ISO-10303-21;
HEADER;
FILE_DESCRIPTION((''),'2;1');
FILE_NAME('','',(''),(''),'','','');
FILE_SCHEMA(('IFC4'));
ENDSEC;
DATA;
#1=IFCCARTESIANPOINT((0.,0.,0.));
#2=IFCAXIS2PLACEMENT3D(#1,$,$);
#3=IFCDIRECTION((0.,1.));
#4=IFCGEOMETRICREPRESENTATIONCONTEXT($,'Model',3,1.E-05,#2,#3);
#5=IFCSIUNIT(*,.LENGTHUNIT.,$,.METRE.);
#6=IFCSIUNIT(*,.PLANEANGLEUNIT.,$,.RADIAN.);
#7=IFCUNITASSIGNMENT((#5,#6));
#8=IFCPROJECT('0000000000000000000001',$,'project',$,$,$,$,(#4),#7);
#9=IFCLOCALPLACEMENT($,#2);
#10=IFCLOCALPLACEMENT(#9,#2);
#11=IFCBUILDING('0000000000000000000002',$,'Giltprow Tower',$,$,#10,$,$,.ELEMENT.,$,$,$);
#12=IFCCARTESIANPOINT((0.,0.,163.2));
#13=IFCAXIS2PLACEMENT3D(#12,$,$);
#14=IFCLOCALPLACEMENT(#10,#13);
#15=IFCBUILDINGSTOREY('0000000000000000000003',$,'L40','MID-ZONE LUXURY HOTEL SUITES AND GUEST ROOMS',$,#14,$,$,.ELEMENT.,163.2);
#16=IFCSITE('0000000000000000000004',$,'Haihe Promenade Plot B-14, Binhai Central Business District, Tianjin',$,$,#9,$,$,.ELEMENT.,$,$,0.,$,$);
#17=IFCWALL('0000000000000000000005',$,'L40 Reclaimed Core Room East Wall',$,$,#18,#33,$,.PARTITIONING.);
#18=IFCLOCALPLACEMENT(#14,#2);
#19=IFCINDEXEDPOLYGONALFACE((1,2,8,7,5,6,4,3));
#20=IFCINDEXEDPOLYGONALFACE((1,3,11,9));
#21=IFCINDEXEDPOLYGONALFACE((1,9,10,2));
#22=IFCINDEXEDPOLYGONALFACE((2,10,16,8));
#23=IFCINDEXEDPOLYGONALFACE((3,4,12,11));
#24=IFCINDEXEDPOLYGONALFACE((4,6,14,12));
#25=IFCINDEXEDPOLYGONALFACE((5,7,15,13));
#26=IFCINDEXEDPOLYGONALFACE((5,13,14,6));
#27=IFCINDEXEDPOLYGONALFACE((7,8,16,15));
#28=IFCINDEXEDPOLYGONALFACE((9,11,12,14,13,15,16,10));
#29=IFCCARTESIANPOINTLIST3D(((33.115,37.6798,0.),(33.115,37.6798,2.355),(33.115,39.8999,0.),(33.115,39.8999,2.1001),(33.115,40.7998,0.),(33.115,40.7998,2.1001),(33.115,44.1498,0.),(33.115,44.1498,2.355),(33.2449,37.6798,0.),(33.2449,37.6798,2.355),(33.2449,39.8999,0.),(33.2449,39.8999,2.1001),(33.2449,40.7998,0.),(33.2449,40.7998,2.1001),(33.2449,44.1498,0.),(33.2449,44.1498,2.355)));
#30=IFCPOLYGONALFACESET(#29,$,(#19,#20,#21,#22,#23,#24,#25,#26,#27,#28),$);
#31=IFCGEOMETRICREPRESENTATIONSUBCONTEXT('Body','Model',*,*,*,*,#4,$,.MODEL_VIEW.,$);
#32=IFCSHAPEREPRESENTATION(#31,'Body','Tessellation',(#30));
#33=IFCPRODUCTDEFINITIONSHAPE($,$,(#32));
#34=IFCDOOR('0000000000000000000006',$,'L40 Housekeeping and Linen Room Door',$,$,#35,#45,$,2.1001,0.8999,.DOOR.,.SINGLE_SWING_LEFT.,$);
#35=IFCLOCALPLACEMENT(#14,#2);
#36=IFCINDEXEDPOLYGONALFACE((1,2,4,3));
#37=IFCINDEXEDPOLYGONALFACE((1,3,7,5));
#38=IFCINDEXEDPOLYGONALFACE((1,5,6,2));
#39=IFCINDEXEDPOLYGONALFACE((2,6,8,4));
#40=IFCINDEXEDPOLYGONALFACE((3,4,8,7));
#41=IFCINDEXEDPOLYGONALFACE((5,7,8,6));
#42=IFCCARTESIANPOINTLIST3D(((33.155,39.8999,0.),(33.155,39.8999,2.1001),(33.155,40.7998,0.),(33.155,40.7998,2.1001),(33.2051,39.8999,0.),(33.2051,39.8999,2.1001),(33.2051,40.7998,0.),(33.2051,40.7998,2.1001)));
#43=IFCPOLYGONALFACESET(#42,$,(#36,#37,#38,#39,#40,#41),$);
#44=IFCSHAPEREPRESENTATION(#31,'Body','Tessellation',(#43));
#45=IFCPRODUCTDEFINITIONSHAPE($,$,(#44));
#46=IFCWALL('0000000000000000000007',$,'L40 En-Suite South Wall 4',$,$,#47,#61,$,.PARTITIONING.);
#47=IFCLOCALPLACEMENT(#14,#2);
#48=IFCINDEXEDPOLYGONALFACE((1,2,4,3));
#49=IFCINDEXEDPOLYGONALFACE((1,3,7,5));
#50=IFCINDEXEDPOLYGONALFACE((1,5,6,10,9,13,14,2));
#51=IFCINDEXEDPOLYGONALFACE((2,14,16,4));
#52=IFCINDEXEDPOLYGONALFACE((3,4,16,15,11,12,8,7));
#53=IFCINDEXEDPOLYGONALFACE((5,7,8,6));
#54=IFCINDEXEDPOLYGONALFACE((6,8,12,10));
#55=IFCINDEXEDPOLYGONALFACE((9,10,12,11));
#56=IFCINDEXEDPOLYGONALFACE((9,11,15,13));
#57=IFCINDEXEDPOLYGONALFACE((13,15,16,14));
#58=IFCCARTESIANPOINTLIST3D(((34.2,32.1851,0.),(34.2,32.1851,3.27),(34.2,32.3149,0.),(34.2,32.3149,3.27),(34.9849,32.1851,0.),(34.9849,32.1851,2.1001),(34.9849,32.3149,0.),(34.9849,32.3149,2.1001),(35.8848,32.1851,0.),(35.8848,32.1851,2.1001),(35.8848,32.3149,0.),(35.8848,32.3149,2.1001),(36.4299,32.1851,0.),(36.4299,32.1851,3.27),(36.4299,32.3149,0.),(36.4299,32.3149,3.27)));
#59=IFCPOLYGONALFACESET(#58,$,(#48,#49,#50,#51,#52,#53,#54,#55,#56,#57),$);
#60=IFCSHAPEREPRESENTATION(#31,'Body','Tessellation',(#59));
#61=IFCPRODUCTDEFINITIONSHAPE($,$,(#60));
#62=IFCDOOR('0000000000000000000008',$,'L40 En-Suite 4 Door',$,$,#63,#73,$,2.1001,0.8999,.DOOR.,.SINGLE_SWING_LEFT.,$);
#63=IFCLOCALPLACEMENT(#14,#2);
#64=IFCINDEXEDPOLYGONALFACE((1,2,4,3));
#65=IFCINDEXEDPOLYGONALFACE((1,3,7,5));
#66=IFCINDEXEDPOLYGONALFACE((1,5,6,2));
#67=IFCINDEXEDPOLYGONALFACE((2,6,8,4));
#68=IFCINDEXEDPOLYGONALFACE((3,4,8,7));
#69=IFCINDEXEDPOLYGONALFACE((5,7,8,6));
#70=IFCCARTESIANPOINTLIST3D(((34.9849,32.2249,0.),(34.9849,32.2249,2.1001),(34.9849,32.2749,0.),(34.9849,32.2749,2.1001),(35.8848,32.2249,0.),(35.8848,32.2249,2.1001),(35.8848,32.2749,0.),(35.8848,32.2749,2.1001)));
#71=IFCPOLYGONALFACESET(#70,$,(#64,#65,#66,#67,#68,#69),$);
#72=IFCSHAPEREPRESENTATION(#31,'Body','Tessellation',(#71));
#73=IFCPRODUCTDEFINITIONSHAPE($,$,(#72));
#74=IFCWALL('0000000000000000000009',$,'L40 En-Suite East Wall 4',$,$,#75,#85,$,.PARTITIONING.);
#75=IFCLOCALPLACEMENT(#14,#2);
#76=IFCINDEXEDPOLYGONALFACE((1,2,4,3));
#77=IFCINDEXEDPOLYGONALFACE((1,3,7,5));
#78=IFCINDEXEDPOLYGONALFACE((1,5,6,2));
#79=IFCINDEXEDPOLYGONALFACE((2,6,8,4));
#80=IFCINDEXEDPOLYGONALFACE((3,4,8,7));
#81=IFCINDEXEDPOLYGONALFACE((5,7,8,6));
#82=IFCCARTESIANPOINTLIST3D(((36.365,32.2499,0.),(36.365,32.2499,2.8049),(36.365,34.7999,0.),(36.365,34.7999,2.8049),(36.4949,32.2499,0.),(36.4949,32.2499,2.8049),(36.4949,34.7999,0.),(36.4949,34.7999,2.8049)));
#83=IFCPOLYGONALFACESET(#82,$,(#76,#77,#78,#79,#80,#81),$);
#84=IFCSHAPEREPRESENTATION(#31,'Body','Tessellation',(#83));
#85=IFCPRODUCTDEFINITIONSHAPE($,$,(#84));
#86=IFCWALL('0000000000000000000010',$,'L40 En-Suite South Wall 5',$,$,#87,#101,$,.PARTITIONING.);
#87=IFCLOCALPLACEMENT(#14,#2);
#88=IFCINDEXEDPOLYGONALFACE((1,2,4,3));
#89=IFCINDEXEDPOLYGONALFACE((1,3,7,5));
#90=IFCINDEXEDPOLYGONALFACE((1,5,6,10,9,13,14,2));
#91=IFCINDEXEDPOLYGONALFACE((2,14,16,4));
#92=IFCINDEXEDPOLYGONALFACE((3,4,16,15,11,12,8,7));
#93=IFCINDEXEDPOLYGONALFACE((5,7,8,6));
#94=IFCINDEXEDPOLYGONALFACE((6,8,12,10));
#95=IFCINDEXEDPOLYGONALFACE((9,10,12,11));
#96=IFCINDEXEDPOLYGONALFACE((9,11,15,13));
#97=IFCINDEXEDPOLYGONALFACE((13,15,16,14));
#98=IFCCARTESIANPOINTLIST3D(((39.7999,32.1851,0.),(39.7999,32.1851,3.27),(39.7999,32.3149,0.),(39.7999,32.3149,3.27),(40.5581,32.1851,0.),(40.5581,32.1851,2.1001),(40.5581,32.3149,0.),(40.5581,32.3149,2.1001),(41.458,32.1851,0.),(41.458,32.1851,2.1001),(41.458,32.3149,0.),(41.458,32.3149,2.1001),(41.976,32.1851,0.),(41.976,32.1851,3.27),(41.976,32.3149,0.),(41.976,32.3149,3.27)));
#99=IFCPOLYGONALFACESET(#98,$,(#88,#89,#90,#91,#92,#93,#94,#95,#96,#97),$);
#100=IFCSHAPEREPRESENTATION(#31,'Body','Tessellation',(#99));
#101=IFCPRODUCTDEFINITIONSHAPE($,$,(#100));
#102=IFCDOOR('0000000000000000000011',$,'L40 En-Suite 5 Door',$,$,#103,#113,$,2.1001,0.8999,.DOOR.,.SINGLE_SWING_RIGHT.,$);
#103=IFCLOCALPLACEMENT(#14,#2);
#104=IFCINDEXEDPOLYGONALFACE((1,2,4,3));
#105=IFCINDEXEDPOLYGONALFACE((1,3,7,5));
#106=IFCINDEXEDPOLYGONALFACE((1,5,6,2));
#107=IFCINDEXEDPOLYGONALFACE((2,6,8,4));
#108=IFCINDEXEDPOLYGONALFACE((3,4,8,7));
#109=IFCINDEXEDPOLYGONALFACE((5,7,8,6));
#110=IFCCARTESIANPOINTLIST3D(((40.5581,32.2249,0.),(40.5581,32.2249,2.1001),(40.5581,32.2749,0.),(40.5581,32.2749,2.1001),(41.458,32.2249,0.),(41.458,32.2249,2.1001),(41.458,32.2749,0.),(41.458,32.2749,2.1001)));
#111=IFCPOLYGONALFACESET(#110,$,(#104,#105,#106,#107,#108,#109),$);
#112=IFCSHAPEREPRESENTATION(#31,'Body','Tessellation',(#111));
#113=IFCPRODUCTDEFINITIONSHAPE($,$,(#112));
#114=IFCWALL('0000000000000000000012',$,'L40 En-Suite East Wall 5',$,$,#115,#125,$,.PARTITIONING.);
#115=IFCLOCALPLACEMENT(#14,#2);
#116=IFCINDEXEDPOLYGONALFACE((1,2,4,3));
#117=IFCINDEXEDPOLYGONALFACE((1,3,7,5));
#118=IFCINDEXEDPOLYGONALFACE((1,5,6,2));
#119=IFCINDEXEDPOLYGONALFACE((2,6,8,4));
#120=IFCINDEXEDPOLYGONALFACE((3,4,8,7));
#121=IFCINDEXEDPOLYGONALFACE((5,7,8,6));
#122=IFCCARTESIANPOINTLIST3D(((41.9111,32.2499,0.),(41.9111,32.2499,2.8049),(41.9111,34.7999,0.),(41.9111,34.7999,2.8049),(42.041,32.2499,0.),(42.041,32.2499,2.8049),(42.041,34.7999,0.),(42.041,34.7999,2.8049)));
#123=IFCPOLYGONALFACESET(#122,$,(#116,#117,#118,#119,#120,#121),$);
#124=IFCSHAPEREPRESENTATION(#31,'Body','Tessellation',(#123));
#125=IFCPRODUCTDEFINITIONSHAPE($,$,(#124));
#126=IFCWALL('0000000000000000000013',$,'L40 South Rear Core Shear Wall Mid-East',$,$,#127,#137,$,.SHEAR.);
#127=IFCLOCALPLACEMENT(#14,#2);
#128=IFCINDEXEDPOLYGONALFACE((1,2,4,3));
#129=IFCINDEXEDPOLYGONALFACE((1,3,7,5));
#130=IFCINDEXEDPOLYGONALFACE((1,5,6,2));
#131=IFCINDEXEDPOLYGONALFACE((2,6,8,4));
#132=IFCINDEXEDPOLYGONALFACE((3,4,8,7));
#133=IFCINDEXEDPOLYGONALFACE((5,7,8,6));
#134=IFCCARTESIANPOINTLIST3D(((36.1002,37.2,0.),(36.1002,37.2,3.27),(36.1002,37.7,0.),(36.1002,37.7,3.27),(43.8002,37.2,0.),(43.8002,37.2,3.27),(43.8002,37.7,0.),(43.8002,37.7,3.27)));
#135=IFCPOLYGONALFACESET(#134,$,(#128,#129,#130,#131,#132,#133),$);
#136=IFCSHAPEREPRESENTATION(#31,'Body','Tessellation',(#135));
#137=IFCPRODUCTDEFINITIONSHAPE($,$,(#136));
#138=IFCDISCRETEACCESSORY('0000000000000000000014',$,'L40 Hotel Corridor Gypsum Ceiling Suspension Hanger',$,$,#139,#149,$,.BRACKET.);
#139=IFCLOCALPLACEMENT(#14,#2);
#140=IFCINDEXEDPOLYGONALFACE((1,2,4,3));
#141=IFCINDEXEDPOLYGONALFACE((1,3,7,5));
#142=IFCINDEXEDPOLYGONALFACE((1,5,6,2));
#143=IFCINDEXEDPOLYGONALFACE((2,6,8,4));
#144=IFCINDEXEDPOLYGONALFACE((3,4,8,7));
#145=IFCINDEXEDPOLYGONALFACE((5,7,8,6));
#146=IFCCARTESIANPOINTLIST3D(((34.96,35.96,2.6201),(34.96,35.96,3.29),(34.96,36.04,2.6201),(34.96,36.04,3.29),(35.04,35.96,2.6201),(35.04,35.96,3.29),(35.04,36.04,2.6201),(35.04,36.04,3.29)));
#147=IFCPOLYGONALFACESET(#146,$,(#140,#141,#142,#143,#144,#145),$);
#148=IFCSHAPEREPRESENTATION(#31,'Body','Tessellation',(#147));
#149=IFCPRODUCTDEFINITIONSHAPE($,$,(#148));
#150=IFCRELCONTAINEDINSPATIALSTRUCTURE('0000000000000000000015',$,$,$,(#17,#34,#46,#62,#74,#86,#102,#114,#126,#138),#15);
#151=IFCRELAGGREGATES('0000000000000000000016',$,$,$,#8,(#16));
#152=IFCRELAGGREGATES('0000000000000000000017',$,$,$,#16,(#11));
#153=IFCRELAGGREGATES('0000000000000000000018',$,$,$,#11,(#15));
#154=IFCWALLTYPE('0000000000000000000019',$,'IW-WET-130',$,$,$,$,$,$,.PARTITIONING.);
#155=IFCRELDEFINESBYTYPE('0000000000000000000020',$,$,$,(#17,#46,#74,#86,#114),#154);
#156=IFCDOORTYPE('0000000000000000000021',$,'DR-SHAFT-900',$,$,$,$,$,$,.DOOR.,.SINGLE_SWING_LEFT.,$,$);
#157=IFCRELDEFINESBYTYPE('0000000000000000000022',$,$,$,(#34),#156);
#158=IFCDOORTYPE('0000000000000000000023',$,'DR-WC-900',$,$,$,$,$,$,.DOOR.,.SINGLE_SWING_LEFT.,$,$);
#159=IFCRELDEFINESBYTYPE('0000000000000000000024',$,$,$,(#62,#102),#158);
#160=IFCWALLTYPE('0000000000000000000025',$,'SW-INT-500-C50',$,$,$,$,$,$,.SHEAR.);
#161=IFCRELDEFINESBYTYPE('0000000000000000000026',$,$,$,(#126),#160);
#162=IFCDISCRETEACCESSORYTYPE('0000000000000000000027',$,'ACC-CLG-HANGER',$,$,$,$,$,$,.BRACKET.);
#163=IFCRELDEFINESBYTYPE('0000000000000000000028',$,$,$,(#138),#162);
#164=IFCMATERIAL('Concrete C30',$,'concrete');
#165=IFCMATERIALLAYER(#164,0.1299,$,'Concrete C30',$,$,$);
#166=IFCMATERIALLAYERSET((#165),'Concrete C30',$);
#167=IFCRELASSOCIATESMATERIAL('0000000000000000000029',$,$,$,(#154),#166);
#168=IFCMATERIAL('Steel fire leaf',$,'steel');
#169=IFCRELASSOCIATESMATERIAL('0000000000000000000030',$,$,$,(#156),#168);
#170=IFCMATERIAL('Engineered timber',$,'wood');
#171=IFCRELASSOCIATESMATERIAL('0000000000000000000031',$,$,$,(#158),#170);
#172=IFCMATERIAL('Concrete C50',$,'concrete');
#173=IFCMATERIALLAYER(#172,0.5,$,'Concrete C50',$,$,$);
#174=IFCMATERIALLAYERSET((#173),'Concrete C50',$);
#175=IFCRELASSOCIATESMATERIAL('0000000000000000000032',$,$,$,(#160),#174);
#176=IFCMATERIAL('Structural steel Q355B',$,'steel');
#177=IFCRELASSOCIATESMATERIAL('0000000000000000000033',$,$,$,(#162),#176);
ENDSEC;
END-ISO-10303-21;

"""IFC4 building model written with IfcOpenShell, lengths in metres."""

from ifc_helpers import new_model, si_unit, direction, frame, frame_2d, origin, origin_2d, place, context, subcontext, project, spatial, rectangle, extrude, source, transform, mapped, material, layer, layer_set, type_object, element, fill, save


model = new_model("IFC4")

# Units and contexts
model_context = context("Model", 3, precision=1e-05, world=origin(), true_north=direction((0.0, 1.0)))
body_context = subcontext(model_context, "Body", "Model", "MODEL_VIEW")
ifc_project = project(units=[si_unit("LENGTHUNIT", "METRE"), si_unit("PLANEANGLEUNIT", "RADIAN")], contexts=[model_context])

# Site, building, storey
site_placement = place(None, origin())
site = spatial("IfcSite", under=ifc_project, at=site_placement, Name="Haihe Promenade Plot B-14, Binhai Central Business District, Tianjin", CompositionType="ELEMENT", RefElevation=0.0)
building_placement = place(site_placement, origin())
building = spatial("IfcBuilding", under=site, at=building_placement, Name="Giltprow Tower", CompositionType="ELEMENT")
storey_placement = place(building_placement, frame((0.0, 0.0, 163.2)))
storey = spatial("IfcBuildingStorey", under=building, at=storey_placement, Name="L40", Description="MID-ZONE LUXURY HOTEL SUITES AND GUEST ROOMS", CompositionType="ELEMENT", Elevation=163.2)

# Shared definitions
ifc_material_1 = material(Name="Concrete C50", Category="concrete")

# Shared definitions
ifc_material_2 = material(Name="Structural steel Q355B", Category="steel")

# Walls, openings, doors
ifc_material_3 = material(Name="Concrete C30", Category="concrete")
ifc_layer_1 = layer(ifc_material_3, 0.1299, Name="Concrete C30")
ifc_layer_set_1 = layer_set([ifc_layer_1], Name="Concrete C30")
wall_type_1 = type_object("IfcWallType", Name="IW-WET-130", PredefinedType="PARTITIONING", material=ifc_layer_set_1)
wall_1_placement = place(storey_placement, frame((33.1799, 37.6799, 0.0), z_axis=(0.0, 0.0, 1.0), x_axis=(0.0, 1.0, 0.0)))
wall_1 = element("IfcWall", 1, at=wall_1_placement, inside=storey, type_object=wall_type_1, Name="L40 Reclaimed Core Room East Wall", PredefinedType="PARTITIONING", context=body_context, shape_type="SweptSolid", body=[
    extrude(rectangle(XDim=6.47, YDim=0.1299, at=frame_2d((3.2349, 0.0))), origin(), (0.0, 0.0, 1.0), 2.355),
])
opening_1_placement = place(wall_1_placement, frame((2.22, 0.0, 0.0)))
opening_1 = element("IfcOpeningElement", 2, at=opening_1_placement, cuts=wall_1, PredefinedType="OPENING", context=body_context, shape_type="SweptSolid", body=[
    extrude(rectangle(XDim=0.8999, YDim=2.1001, at=frame_2d((0.45, 1.05))), frame((0.0, 0.075, 0.0), z_axis=(0.0, -1.0, 0.0), x_axis=(1.0, 0.0, 0.0)), (0.0, 0.0, 1.0), 0.1499),
])
ifc_material_4 = material(Name="Steel fire leaf", Category="steel")
door_type_1 = type_object("IfcDoorType", Name="DR-SHAFT-900", OperationType="SINGLE_SWING_LEFT", PredefinedType="DOOR", material=ifc_material_4)
shared_shape_1 = source(origin(), body_context, "Body", "SweptSolid", [
    extrude(rectangle(XDim=0.8999, YDim=2.1001, at=frame_2d((0.45, 1.05))), frame((0.0, 0.0249, 0.0), z_axis=(0.0, -1.0, 0.0), x_axis=(1.0, 0.0, 0.0)), (0.0, 0.0, 1.0), 0.05),
])
door_1_placement = place(opening_1_placement, origin())
door_1 = element("IfcDoor", 3, at=door_1_placement, inside=storey, type_object=door_type_1, Name="L40 Housekeeping and Linen Room Door", OperationType="SINGLE_SWING_LEFT", OverallHeight=2.1001, OverallWidth=0.8999, PredefinedType="DOOR", context=body_context, shape_type="MappedRepresentation", body=[
    mapped(shared_shape_1, transform((0.0, 0.0, 0.0), x_axis=(1.0, 0.0, 0.0), y_axis=(0.0, 1.0, 0.0), z_axis=(0.0, 0.0, 1.0), scale=1.0)),
])
fill(opening_1, door_1)
wall_2_placement = place(storey_placement, frame((34.2, 32.25, 0.0), z_axis=(0.0, 0.0, 1.0), x_axis=(1.0, 0.0, 0.0)))
wall_2 = element("IfcWall", 4, at=wall_2_placement, inside=storey, type_object=wall_type_1, Name="L40 En-Suite South Wall 4", PredefinedType="PARTITIONING", context=body_context, shape_type="SweptSolid", body=[
    extrude(rectangle(XDim=2.23, YDim=0.1299, at=frame_2d((1.115, 0.0))), origin(), (0.0, 0.0, 1.0), 3.27),
])
opening_2_placement = place(wall_2_placement, frame((0.7849, 0.0, 0.0)))
opening_2 = element("IfcOpeningElement", 5, at=opening_2_placement, cuts=wall_2, PredefinedType="OPENING", context=body_context, shape_type="SweptSolid", body=[
    extrude(rectangle(XDim=0.8999, YDim=2.1001, at=frame_2d((0.45, 1.05))), frame((0.0, 0.075, 0.0), z_axis=(0.0, -1.0, 0.0), x_axis=(1.0, 0.0, 0.0)), (0.0, 0.0, 1.0), 0.1499),
])
ifc_material_5 = material(Name="Engineered timber", Category="wood")
door_type_2 = type_object("IfcDoorType", Name="DR-WC-900", OperationType="SINGLE_SWING_LEFT", PredefinedType="DOOR", material=ifc_material_5)
door_2_placement = place(opening_2_placement, origin())
door_2 = element("IfcDoor", 6, at=door_2_placement, inside=storey, type_object=door_type_2, Name="L40 En-Suite 4 Door", OperationType="SINGLE_SWING_LEFT", OverallHeight=2.1001, OverallWidth=0.8999, PredefinedType="DOOR", context=body_context, shape_type="MappedRepresentation", body=[
    mapped(shared_shape_1, transform((0.0, 0.0, 0.0), x_axis=(1.0, 0.0, 0.0), y_axis=(0.0, 1.0, 0.0), z_axis=(0.0, 0.0, 1.0), scale=1.0)),
])
fill(opening_2, door_2)

# Wall
wall_3_placement = place(storey_placement, frame((36.4299, 32.25, 0.0), z_axis=(0.0, 0.0, 1.0), x_axis=(0.0, 1.0, 0.0)))
element("IfcWall", 7, at=wall_3_placement, inside=storey, type_object=wall_type_1, Name="L40 En-Suite East Wall 4", PredefinedType="PARTITIONING", context=body_context, shape_type="SweptSolid", body=[
    extrude(rectangle(XDim=2.55, YDim=0.1299, at=frame_2d((1.2749, 0.0))), origin(), (0.0, 0.0, 1.0), 2.8049),
])

# Wall, opening, door
wall_4_placement = place(storey_placement, frame((39.8, 32.25, 0.0), z_axis=(0.0, 0.0, 1.0), x_axis=(1.0, 0.0, 0.0)))
wall_4 = element("IfcWall", 8, at=wall_4_placement, inside=storey, type_object=wall_type_1, Name="L40 En-Suite South Wall 5", PredefinedType="PARTITIONING", context=body_context, shape_type="SweptSolid", body=[
    extrude(rectangle(XDim=2.176, YDim=0.1299, at=frame_2d((1.0879, 0.0))), origin(), (0.0, 0.0, 1.0), 3.27),
])
opening_3_placement = place(wall_4_placement, frame((0.7581, 0.0, 0.0)))
opening_3 = element("IfcOpeningElement", 9, at=opening_3_placement, cuts=wall_4, PredefinedType="OPENING", context=body_context, shape_type="SweptSolid", body=[
    extrude(rectangle(XDim=0.8999, YDim=2.1001, at=frame_2d((0.45, 1.05))), frame((0.0, 0.075, 0.0), z_axis=(0.0, -1.0, 0.0), x_axis=(1.0, 0.0, 0.0)), (0.0, 0.0, 1.0), 0.1499),
])
door_3_placement = place(opening_3_placement, origin())
door_3 = element("IfcDoor", 10, at=door_3_placement, inside=storey, type_object=door_type_2, Name="L40 En-Suite 5 Door", OperationType="SINGLE_SWING_RIGHT", OverallHeight=2.1001, OverallWidth=0.8999, PredefinedType="DOOR", context=body_context, shape_type="MappedRepresentation", body=[
    mapped(shared_shape_1, transform((0.0, 0.0, 0.0), x_axis=(1.0, 0.0, 0.0), y_axis=(0.0, 1.0, 0.0), z_axis=(0.0, 0.0, 1.0), scale=1.0)),
])
fill(opening_3, door_3)

# Walls
wall_5_placement = place(storey_placement, frame((41.9761, 32.25, 0.0), z_axis=(0.0, 0.0, 1.0), x_axis=(0.0, 1.0, 0.0)))
element("IfcWall", 11, at=wall_5_placement, inside=storey, type_object=wall_type_1, Name="L40 En-Suite East Wall 5", PredefinedType="PARTITIONING", context=body_context, shape_type="SweptSolid", body=[
    extrude(rectangle(XDim=2.55, YDim=0.1299, at=frame_2d((1.2749, 0.0))), origin(), (0.0, 0.0, 1.0), 2.8049),
])
ifc_layer_2 = layer(ifc_material_1, 0.5, Name="Concrete C50")
ifc_layer_set_2 = layer_set([ifc_layer_2], Name="Concrete C50")
wall_type_2 = type_object("IfcWallType", Name="SW-INT-500-C50", PredefinedType="SHEAR", material=ifc_layer_set_2)
wall_6_placement = place(storey_placement, frame((36.1001, 37.45, 0.0), z_axis=(0.0, 0.0, 1.0), x_axis=(1.0, 0.0, 0.0)))
element("IfcWall", 12, at=wall_6_placement, inside=storey, type_object=wall_type_2, Name="L40 South Rear Core Shear Wall Mid-East", PredefinedType="SHEAR", context=body_context, shape_type="SweptSolid", body=[
    extrude(rectangle(XDim=7.7, YDim=0.5, at=frame_2d((3.8501, 0.0))), origin(), (0.0, 0.0, 1.0), 3.27),
])

# Discrete accessory
discrete_accessory_type = type_object("IfcDiscreteAccessoryType", Name="ACC-CLG-HANGER", PredefinedType="BRACKET", material=ifc_material_2)
shared_shape_2 = source(origin(), body_context, "Body", "SweptSolid", [
    extrude(rectangle(XDim=0.0801, YDim=0.0801, at=origin_2d()), origin(), (0.0, 0.0, 1.0), 0.6699),
])
discrete_accessory_placement = place(storey_placement, frame((35.0, 36.0, 2.6201), z_axis=(0.0, 0.0, 1.0), x_axis=(1.0, 0.0, 0.0)))
element("IfcDiscreteAccessory", 13, at=discrete_accessory_placement, inside=storey, type_object=discrete_accessory_type, Name="L40 Hotel Corridor Gypsum Ceiling Suspension Hanger", PredefinedType="BRACKET", context=body_context, shape_type="MappedRepresentation", body=[
    mapped(shared_shape_2, transform((0.0, 0.0, 0.0), x_axis=(1.0, 0.0, 0.0), y_axis=(0.0, 1.0, 0.0), z_axis=(0.0, 0.0, 1.0), scale=1.0)),
])

save(model, "model.ifc")
